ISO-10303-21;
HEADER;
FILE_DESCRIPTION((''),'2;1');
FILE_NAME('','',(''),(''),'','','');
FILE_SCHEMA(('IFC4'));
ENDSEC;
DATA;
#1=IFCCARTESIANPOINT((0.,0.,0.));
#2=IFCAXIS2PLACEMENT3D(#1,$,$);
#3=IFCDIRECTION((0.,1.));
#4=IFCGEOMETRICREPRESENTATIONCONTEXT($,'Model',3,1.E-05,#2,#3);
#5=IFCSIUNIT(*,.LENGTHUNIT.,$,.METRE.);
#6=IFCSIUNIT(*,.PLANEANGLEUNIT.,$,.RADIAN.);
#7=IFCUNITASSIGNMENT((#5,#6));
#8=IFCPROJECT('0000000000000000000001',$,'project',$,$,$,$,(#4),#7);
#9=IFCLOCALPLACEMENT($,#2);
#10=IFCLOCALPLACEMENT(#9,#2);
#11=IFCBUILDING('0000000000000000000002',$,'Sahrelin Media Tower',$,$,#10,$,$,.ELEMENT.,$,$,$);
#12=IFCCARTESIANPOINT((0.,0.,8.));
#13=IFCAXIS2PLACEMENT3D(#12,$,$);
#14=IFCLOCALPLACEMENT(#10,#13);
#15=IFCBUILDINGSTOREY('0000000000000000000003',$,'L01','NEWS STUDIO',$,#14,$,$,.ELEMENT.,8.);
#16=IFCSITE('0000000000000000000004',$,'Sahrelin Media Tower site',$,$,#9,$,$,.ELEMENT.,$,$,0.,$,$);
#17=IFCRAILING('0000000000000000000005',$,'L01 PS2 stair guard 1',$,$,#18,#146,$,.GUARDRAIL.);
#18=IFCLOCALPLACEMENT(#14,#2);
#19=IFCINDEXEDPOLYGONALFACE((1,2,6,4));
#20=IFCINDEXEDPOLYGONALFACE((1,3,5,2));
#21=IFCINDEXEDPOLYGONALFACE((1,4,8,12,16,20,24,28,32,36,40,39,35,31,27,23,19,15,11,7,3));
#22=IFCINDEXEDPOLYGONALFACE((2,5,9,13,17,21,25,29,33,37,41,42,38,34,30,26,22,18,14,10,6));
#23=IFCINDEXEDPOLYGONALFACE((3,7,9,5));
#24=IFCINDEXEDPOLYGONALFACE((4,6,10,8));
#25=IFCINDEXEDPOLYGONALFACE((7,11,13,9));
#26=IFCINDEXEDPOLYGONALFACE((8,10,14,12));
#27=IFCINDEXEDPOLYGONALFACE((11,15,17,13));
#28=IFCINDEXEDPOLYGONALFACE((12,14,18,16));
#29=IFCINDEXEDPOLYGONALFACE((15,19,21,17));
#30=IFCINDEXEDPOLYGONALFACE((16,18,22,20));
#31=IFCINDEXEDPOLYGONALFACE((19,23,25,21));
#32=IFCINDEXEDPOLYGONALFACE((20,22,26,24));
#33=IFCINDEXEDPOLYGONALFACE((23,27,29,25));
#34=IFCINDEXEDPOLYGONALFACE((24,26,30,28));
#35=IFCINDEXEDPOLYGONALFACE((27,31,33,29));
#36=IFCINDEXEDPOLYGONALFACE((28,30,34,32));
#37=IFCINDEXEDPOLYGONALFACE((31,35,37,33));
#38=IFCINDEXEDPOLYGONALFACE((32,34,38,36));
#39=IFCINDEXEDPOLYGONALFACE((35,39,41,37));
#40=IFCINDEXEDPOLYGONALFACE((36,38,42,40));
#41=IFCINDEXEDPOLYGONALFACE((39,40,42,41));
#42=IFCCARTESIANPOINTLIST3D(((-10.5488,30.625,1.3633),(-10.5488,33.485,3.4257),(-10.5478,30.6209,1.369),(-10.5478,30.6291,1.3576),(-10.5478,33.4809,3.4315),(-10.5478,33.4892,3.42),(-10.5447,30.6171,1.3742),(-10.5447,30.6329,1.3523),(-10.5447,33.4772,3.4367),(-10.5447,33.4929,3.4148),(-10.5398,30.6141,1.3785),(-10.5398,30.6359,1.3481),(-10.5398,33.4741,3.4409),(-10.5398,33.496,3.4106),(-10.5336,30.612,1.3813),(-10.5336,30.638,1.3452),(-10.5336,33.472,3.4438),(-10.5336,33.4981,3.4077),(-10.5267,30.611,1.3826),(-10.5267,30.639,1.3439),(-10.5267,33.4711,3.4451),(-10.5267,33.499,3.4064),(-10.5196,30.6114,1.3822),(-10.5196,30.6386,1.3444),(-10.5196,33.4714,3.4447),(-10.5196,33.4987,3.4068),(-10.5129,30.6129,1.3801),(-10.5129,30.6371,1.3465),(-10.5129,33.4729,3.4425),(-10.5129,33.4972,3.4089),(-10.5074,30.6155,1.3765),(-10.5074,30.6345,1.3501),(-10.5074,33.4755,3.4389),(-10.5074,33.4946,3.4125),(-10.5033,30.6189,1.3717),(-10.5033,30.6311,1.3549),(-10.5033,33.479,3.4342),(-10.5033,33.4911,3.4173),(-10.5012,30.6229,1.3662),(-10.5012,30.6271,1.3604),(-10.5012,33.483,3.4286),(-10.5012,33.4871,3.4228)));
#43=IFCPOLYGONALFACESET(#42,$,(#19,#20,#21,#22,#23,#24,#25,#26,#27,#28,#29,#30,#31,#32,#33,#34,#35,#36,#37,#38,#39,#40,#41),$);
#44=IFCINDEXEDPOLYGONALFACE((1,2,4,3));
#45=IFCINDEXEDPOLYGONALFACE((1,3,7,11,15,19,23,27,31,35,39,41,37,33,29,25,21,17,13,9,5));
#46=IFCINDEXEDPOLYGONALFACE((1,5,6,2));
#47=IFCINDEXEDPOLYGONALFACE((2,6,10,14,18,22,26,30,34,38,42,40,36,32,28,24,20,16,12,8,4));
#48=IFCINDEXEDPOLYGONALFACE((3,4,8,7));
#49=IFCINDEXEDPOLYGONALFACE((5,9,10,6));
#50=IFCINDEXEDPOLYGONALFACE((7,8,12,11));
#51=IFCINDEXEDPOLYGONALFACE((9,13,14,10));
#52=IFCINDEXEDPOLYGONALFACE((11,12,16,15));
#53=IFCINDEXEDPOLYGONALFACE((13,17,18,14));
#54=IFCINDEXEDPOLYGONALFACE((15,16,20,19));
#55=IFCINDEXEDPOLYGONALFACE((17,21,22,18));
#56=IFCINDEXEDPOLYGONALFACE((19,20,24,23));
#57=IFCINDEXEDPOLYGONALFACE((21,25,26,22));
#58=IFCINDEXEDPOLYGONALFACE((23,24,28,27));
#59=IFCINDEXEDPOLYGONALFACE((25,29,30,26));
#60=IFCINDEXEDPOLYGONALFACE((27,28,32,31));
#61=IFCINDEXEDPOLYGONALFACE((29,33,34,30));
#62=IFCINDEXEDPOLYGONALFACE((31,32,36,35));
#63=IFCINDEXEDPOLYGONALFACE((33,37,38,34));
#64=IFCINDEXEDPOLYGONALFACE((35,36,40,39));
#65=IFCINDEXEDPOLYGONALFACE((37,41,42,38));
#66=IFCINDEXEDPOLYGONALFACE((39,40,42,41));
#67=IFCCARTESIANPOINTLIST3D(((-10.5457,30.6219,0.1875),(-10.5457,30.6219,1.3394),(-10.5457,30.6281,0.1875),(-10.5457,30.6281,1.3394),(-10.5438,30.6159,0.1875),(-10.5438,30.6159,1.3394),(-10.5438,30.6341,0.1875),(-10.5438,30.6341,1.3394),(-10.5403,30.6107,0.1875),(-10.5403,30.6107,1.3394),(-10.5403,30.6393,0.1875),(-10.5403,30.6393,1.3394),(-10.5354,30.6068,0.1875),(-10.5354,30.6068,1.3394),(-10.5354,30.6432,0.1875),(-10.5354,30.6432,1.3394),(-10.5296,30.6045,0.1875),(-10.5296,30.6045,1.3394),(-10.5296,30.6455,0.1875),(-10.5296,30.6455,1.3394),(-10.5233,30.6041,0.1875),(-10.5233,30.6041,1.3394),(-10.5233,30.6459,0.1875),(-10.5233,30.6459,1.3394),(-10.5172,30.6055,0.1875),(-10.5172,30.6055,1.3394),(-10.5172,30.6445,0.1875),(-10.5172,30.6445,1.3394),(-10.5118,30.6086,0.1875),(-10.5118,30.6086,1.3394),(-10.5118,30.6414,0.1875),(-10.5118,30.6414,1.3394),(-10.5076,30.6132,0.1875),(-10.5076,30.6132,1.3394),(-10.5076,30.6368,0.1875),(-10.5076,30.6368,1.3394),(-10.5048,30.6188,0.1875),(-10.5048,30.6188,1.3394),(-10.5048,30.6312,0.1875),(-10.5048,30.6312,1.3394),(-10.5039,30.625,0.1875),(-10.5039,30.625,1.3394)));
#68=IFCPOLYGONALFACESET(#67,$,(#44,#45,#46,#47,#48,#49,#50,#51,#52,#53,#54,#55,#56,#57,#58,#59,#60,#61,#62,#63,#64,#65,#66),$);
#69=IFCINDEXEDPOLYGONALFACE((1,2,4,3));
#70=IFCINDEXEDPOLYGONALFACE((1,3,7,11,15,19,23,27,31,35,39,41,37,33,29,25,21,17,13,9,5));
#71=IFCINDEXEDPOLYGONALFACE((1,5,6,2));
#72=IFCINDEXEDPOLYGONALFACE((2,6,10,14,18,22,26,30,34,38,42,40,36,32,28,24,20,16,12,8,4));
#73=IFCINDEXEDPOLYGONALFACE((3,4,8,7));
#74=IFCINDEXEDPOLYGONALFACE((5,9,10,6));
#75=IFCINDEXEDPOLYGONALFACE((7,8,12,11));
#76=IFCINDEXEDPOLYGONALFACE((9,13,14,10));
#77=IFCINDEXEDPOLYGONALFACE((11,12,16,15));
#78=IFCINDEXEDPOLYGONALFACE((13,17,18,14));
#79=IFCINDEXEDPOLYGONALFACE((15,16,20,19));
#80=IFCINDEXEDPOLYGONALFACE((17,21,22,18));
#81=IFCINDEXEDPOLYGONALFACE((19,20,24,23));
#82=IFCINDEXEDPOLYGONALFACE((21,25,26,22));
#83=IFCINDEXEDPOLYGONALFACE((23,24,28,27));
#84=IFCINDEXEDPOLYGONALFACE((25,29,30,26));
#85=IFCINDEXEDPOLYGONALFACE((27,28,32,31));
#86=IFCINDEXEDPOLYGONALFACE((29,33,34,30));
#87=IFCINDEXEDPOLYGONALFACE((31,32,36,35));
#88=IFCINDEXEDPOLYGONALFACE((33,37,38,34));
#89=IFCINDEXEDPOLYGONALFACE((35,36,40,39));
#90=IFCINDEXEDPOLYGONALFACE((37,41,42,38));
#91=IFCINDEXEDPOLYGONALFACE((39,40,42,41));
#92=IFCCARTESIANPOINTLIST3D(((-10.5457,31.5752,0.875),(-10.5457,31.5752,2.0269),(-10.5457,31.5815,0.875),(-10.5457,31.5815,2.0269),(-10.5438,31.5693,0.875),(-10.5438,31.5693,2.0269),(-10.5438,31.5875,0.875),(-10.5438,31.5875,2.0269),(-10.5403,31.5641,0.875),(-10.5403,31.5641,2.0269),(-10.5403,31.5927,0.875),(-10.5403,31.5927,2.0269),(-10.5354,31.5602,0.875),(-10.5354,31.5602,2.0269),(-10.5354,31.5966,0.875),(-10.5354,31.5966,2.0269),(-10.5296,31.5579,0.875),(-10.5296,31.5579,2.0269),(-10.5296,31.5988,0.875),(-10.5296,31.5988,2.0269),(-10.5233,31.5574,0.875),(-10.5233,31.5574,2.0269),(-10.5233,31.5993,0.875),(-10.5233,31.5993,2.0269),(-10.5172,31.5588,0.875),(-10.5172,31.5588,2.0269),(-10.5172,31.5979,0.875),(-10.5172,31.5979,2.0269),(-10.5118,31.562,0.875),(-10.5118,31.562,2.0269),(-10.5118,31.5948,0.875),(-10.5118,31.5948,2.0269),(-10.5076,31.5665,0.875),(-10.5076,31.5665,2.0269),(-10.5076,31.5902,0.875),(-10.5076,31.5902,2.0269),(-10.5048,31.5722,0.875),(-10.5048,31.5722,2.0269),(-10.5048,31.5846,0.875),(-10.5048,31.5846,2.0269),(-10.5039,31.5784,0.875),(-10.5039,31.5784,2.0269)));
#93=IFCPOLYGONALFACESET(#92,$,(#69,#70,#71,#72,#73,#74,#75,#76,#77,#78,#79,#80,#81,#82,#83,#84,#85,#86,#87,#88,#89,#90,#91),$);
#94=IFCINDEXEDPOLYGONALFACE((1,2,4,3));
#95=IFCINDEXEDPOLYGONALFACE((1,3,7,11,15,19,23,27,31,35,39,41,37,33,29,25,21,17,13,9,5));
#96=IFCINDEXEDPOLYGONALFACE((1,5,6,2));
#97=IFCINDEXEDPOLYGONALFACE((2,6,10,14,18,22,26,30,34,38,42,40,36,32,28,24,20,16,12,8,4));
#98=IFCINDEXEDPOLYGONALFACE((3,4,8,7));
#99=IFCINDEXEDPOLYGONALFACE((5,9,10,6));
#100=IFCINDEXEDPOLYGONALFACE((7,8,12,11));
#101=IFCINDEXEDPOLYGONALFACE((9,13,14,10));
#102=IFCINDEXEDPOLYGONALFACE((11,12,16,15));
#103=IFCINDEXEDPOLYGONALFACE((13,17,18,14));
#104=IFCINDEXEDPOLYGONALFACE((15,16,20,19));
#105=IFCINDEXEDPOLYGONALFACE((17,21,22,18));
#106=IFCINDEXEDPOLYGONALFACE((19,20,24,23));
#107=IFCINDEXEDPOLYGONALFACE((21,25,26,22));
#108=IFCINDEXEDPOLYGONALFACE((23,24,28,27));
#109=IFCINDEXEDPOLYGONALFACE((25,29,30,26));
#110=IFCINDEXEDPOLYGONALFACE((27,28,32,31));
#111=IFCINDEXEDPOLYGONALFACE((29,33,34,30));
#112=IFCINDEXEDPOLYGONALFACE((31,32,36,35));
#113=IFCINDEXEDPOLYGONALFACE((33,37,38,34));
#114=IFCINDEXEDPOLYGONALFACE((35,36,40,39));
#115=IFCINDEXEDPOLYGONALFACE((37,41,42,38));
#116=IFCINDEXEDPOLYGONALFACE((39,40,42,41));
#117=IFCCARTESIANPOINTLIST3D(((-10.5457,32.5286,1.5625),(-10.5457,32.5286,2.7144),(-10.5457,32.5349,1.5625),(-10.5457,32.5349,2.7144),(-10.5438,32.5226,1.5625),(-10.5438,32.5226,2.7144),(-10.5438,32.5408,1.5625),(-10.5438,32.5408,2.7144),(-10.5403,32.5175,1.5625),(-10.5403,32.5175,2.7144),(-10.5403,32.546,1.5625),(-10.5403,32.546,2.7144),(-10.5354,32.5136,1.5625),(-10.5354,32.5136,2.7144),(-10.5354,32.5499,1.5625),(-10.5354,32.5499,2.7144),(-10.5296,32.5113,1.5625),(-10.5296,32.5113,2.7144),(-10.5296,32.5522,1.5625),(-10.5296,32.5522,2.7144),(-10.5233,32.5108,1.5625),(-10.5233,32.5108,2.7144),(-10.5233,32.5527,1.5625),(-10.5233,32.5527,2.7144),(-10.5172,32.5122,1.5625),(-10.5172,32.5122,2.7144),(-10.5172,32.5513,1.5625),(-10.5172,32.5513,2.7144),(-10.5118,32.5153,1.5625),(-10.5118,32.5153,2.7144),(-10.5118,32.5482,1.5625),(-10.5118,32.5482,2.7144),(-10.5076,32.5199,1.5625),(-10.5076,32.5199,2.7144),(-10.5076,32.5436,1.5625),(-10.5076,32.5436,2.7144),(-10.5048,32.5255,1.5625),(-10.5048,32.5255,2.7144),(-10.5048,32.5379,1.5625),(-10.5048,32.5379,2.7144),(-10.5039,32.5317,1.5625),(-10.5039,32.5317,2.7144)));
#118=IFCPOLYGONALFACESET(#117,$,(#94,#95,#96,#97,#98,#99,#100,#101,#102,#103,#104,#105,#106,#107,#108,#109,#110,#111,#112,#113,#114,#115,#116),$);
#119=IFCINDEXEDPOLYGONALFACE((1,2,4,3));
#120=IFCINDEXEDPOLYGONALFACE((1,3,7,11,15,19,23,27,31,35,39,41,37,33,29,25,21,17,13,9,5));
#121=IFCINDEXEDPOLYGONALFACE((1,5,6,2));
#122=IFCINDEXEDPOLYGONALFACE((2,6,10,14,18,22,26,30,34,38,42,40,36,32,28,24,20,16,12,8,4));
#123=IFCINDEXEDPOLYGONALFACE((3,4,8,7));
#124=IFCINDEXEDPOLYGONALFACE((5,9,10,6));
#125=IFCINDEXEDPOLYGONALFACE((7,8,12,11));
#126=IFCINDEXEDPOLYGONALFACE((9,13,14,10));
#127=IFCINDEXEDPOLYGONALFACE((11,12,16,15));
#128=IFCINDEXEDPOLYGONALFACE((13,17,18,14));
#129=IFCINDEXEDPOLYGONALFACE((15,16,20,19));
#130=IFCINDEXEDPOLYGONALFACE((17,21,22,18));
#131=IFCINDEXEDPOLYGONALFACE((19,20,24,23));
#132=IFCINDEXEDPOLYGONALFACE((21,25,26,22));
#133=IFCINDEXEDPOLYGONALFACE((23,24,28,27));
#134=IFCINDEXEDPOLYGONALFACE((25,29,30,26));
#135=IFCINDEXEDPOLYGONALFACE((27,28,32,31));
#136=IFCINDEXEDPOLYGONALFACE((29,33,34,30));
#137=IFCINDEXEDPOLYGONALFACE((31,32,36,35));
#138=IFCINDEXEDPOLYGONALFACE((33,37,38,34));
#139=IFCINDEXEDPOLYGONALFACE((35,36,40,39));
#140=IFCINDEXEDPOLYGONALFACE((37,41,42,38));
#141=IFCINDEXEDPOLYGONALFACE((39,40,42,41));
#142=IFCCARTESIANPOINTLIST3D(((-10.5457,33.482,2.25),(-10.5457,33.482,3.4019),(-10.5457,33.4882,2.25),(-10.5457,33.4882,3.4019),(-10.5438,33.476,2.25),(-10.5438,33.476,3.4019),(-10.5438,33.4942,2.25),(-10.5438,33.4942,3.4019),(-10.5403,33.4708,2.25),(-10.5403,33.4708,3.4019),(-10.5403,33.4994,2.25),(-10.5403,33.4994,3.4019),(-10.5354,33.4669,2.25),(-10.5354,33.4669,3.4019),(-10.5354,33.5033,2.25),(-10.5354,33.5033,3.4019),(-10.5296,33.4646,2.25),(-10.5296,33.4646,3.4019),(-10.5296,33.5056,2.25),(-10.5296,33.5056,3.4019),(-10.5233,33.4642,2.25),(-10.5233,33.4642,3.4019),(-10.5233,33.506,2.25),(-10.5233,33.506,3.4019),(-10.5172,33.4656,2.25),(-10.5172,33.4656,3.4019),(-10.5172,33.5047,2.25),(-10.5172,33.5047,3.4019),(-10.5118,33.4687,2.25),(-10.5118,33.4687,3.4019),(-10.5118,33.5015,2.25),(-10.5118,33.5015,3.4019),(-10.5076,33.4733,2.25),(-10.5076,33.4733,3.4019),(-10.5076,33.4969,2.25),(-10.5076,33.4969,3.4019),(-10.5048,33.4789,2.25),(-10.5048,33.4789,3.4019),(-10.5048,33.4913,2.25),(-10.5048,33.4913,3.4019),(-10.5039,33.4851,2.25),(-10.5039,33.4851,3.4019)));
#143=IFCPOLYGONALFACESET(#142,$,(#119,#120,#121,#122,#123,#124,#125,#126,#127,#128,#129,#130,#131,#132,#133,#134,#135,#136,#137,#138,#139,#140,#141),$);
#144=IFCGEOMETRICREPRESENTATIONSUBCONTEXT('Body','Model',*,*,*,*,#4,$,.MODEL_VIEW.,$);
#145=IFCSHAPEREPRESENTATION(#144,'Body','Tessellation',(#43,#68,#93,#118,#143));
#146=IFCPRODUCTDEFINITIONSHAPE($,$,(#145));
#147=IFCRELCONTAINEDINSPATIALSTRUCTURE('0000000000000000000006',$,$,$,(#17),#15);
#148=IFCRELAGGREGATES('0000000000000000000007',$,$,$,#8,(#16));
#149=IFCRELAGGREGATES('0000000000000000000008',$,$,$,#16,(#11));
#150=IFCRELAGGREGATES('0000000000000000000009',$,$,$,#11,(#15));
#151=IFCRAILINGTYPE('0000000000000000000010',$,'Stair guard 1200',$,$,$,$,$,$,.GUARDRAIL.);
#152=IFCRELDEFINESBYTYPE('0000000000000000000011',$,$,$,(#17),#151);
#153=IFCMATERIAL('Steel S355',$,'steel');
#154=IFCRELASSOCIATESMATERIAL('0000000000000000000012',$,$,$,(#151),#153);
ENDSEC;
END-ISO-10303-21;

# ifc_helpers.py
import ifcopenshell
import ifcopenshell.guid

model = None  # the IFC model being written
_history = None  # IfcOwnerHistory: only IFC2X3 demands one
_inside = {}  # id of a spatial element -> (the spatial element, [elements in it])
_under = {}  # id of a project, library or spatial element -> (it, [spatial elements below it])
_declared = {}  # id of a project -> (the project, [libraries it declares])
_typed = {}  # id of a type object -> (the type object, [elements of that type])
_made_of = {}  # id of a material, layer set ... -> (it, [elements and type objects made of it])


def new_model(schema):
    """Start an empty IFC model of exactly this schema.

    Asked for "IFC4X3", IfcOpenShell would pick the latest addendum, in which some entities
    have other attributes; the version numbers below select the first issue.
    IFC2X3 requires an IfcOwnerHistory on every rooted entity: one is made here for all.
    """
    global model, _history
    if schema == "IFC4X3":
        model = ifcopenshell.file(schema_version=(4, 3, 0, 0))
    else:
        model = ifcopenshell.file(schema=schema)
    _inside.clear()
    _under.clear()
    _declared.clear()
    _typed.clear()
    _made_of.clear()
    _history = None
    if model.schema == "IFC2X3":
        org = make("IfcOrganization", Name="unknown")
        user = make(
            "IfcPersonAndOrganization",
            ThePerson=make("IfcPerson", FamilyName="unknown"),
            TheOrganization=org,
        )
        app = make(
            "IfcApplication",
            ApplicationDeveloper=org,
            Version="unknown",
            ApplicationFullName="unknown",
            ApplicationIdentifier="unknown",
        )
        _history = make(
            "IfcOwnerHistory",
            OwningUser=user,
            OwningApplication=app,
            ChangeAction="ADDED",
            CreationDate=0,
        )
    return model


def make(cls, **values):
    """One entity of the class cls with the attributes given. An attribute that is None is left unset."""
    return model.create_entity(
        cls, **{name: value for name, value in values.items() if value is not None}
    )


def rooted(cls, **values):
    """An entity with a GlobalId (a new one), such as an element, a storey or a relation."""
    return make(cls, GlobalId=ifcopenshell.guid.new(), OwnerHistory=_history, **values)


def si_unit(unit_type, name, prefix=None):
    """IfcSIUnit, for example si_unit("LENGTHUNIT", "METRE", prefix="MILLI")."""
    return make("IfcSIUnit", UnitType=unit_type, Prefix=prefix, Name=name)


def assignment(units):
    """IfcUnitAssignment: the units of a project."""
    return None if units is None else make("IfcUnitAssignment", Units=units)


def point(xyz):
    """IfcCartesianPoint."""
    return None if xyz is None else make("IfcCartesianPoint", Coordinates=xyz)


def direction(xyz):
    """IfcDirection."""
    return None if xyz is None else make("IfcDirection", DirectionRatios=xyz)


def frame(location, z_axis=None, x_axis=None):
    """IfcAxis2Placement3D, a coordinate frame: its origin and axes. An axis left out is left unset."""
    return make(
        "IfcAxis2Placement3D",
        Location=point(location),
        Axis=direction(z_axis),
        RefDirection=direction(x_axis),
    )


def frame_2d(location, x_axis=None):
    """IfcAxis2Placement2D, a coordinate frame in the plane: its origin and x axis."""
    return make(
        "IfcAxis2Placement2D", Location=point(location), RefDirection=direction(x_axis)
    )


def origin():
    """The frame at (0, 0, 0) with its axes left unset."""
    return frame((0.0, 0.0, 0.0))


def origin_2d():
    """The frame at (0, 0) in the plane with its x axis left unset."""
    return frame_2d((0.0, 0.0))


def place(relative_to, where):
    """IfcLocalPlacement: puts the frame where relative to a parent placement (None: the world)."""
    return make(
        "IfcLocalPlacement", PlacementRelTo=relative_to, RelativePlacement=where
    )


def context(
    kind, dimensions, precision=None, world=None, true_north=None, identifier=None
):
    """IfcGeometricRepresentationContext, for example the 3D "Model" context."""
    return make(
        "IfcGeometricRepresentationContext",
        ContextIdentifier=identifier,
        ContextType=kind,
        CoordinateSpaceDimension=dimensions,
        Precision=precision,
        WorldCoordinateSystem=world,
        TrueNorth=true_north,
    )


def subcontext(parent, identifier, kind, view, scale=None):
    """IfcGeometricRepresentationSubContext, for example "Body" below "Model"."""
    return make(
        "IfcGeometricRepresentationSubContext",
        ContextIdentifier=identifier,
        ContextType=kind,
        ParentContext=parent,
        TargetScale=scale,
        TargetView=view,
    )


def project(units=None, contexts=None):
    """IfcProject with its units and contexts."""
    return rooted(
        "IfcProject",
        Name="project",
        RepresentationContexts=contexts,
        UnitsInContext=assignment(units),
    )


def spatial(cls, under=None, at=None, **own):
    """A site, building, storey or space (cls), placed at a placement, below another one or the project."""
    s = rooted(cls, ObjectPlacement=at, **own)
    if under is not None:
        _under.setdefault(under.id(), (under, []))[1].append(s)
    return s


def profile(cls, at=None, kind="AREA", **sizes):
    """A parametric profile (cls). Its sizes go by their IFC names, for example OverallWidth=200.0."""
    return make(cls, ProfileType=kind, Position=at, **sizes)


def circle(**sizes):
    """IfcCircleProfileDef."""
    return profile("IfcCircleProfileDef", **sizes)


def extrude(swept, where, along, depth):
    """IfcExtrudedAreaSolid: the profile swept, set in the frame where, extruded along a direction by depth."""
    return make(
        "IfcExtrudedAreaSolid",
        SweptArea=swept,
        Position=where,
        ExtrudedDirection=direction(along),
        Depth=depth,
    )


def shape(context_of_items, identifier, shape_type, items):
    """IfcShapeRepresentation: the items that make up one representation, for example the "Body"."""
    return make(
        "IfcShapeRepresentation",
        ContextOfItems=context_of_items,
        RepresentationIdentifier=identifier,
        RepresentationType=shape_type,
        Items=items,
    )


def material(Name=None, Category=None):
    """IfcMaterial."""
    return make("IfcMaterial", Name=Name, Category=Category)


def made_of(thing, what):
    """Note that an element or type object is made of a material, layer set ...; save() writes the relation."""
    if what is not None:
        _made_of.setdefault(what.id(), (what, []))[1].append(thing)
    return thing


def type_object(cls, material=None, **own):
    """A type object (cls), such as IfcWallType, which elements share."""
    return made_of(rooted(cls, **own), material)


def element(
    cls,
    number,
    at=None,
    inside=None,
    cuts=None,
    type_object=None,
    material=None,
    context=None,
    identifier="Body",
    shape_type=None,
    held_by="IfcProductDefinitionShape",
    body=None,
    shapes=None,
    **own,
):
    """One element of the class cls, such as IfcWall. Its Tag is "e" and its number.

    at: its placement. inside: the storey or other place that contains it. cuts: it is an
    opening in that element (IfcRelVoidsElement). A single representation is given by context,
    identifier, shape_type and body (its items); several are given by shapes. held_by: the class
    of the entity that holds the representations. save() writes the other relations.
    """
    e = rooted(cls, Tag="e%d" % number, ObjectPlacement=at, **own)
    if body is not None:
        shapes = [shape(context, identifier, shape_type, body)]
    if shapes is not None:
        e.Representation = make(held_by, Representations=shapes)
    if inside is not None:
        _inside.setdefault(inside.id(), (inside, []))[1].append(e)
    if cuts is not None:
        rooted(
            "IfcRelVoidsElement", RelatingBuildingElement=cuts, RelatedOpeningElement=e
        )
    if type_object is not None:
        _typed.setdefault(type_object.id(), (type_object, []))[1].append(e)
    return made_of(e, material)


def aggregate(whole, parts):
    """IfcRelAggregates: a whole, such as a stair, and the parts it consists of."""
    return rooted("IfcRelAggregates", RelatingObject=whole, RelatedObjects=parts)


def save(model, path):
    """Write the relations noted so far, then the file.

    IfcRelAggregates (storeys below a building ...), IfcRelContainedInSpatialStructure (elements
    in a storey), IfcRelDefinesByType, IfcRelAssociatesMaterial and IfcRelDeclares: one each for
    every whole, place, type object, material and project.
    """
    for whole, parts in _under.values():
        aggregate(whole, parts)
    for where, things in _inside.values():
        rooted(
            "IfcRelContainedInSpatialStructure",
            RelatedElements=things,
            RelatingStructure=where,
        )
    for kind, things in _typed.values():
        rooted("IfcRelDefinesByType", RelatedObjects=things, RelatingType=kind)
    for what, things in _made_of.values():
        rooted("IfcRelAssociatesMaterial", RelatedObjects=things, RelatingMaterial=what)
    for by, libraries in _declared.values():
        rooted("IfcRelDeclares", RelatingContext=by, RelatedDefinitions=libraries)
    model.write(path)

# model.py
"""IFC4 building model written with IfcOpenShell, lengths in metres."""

from ifc_helpers import new_model, si_unit, direction, frame, origin, origin_2d, place, context, subcontext, project, spatial, circle, extrude, material, type_object, element, save


model = new_model("IFC4")

# Units and contexts
model_context = context("Model", 3, precision=1e-05, world=origin(), true_north=direction((0.0, 1.0)))
body_context = subcontext(model_context, "Body", "Model", "MODEL_VIEW")
ifc_project = project(units=[si_unit("LENGTHUNIT", "METRE"), si_unit("PLANEANGLEUNIT", "RADIAN")], contexts=[model_context])

# Site, building, storey
site_placement = place(None, origin())
site = spatial("IfcSite", under=ifc_project, at=site_placement, Name="Sahrelin Media Tower site", CompositionType="ELEMENT", RefElevation=0.0)
building_placement = place(site_placement, origin())
building = spatial("IfcBuilding", under=site, at=building_placement, Name="Sahrelin Media Tower", CompositionType="ELEMENT")
storey_placement = place(building_placement, frame((0.0, 0.0, 8.0)))
storey = spatial("IfcBuildingStorey", under=building, at=storey_placement, Name="L01", Description="NEWS STUDIO", CompositionType="ELEMENT", Elevation=8.0)

# Shared definitions
ifc_material_1 = material(Name="Steel S355", Category="steel")

# Railing
railing_type_1 = type_object("IfcRailingType", Name="Stair guard 1200", PredefinedType="GUARDRAIL", material=ifc_material_1)
railing_1_placement = place(storey_placement, frame((-10.5249, 30.625, 0.1875)))
element("IfcRailing", 1, at=railing_1_placement, inside=storey, type_object=railing_type_1, Name="L01 PS2 stair guard 1", PredefinedType="GUARDRAIL", context=body_context, shape_type="SweptSolid", body=[
    extrude(circle(Radius=0.0239, at=origin_2d()), frame((0.0, 0.0, 1.1758), z_axis=(0.0, 0.811101, 0.584906), x_axis=(-1.0, 0.0, 0.0)), (0.0, 0.0, 1.0), 3.5261),
    extrude(circle(Radius=0.021, at=origin_2d()), origin(), (0.0, 0.0, 1.0), 1.1519),
    extrude(circle(Radius=0.021, at=origin_2d()), frame((0.0, 0.9534, 0.6875)), (0.0, 0.0, 1.0), 1.1519),
    extrude(circle(Radius=0.021, at=origin_2d()), frame((0.0, 1.9067, 1.375)), (0.0, 0.0, 1.0), 1.1519),
    extrude(circle(Radius=0.021, at=origin_2d()), frame((0.0, 2.8601, 2.0625)), (0.0, 0.0, 1.0), 1.1519),
])

save(model, "model.ifc")
